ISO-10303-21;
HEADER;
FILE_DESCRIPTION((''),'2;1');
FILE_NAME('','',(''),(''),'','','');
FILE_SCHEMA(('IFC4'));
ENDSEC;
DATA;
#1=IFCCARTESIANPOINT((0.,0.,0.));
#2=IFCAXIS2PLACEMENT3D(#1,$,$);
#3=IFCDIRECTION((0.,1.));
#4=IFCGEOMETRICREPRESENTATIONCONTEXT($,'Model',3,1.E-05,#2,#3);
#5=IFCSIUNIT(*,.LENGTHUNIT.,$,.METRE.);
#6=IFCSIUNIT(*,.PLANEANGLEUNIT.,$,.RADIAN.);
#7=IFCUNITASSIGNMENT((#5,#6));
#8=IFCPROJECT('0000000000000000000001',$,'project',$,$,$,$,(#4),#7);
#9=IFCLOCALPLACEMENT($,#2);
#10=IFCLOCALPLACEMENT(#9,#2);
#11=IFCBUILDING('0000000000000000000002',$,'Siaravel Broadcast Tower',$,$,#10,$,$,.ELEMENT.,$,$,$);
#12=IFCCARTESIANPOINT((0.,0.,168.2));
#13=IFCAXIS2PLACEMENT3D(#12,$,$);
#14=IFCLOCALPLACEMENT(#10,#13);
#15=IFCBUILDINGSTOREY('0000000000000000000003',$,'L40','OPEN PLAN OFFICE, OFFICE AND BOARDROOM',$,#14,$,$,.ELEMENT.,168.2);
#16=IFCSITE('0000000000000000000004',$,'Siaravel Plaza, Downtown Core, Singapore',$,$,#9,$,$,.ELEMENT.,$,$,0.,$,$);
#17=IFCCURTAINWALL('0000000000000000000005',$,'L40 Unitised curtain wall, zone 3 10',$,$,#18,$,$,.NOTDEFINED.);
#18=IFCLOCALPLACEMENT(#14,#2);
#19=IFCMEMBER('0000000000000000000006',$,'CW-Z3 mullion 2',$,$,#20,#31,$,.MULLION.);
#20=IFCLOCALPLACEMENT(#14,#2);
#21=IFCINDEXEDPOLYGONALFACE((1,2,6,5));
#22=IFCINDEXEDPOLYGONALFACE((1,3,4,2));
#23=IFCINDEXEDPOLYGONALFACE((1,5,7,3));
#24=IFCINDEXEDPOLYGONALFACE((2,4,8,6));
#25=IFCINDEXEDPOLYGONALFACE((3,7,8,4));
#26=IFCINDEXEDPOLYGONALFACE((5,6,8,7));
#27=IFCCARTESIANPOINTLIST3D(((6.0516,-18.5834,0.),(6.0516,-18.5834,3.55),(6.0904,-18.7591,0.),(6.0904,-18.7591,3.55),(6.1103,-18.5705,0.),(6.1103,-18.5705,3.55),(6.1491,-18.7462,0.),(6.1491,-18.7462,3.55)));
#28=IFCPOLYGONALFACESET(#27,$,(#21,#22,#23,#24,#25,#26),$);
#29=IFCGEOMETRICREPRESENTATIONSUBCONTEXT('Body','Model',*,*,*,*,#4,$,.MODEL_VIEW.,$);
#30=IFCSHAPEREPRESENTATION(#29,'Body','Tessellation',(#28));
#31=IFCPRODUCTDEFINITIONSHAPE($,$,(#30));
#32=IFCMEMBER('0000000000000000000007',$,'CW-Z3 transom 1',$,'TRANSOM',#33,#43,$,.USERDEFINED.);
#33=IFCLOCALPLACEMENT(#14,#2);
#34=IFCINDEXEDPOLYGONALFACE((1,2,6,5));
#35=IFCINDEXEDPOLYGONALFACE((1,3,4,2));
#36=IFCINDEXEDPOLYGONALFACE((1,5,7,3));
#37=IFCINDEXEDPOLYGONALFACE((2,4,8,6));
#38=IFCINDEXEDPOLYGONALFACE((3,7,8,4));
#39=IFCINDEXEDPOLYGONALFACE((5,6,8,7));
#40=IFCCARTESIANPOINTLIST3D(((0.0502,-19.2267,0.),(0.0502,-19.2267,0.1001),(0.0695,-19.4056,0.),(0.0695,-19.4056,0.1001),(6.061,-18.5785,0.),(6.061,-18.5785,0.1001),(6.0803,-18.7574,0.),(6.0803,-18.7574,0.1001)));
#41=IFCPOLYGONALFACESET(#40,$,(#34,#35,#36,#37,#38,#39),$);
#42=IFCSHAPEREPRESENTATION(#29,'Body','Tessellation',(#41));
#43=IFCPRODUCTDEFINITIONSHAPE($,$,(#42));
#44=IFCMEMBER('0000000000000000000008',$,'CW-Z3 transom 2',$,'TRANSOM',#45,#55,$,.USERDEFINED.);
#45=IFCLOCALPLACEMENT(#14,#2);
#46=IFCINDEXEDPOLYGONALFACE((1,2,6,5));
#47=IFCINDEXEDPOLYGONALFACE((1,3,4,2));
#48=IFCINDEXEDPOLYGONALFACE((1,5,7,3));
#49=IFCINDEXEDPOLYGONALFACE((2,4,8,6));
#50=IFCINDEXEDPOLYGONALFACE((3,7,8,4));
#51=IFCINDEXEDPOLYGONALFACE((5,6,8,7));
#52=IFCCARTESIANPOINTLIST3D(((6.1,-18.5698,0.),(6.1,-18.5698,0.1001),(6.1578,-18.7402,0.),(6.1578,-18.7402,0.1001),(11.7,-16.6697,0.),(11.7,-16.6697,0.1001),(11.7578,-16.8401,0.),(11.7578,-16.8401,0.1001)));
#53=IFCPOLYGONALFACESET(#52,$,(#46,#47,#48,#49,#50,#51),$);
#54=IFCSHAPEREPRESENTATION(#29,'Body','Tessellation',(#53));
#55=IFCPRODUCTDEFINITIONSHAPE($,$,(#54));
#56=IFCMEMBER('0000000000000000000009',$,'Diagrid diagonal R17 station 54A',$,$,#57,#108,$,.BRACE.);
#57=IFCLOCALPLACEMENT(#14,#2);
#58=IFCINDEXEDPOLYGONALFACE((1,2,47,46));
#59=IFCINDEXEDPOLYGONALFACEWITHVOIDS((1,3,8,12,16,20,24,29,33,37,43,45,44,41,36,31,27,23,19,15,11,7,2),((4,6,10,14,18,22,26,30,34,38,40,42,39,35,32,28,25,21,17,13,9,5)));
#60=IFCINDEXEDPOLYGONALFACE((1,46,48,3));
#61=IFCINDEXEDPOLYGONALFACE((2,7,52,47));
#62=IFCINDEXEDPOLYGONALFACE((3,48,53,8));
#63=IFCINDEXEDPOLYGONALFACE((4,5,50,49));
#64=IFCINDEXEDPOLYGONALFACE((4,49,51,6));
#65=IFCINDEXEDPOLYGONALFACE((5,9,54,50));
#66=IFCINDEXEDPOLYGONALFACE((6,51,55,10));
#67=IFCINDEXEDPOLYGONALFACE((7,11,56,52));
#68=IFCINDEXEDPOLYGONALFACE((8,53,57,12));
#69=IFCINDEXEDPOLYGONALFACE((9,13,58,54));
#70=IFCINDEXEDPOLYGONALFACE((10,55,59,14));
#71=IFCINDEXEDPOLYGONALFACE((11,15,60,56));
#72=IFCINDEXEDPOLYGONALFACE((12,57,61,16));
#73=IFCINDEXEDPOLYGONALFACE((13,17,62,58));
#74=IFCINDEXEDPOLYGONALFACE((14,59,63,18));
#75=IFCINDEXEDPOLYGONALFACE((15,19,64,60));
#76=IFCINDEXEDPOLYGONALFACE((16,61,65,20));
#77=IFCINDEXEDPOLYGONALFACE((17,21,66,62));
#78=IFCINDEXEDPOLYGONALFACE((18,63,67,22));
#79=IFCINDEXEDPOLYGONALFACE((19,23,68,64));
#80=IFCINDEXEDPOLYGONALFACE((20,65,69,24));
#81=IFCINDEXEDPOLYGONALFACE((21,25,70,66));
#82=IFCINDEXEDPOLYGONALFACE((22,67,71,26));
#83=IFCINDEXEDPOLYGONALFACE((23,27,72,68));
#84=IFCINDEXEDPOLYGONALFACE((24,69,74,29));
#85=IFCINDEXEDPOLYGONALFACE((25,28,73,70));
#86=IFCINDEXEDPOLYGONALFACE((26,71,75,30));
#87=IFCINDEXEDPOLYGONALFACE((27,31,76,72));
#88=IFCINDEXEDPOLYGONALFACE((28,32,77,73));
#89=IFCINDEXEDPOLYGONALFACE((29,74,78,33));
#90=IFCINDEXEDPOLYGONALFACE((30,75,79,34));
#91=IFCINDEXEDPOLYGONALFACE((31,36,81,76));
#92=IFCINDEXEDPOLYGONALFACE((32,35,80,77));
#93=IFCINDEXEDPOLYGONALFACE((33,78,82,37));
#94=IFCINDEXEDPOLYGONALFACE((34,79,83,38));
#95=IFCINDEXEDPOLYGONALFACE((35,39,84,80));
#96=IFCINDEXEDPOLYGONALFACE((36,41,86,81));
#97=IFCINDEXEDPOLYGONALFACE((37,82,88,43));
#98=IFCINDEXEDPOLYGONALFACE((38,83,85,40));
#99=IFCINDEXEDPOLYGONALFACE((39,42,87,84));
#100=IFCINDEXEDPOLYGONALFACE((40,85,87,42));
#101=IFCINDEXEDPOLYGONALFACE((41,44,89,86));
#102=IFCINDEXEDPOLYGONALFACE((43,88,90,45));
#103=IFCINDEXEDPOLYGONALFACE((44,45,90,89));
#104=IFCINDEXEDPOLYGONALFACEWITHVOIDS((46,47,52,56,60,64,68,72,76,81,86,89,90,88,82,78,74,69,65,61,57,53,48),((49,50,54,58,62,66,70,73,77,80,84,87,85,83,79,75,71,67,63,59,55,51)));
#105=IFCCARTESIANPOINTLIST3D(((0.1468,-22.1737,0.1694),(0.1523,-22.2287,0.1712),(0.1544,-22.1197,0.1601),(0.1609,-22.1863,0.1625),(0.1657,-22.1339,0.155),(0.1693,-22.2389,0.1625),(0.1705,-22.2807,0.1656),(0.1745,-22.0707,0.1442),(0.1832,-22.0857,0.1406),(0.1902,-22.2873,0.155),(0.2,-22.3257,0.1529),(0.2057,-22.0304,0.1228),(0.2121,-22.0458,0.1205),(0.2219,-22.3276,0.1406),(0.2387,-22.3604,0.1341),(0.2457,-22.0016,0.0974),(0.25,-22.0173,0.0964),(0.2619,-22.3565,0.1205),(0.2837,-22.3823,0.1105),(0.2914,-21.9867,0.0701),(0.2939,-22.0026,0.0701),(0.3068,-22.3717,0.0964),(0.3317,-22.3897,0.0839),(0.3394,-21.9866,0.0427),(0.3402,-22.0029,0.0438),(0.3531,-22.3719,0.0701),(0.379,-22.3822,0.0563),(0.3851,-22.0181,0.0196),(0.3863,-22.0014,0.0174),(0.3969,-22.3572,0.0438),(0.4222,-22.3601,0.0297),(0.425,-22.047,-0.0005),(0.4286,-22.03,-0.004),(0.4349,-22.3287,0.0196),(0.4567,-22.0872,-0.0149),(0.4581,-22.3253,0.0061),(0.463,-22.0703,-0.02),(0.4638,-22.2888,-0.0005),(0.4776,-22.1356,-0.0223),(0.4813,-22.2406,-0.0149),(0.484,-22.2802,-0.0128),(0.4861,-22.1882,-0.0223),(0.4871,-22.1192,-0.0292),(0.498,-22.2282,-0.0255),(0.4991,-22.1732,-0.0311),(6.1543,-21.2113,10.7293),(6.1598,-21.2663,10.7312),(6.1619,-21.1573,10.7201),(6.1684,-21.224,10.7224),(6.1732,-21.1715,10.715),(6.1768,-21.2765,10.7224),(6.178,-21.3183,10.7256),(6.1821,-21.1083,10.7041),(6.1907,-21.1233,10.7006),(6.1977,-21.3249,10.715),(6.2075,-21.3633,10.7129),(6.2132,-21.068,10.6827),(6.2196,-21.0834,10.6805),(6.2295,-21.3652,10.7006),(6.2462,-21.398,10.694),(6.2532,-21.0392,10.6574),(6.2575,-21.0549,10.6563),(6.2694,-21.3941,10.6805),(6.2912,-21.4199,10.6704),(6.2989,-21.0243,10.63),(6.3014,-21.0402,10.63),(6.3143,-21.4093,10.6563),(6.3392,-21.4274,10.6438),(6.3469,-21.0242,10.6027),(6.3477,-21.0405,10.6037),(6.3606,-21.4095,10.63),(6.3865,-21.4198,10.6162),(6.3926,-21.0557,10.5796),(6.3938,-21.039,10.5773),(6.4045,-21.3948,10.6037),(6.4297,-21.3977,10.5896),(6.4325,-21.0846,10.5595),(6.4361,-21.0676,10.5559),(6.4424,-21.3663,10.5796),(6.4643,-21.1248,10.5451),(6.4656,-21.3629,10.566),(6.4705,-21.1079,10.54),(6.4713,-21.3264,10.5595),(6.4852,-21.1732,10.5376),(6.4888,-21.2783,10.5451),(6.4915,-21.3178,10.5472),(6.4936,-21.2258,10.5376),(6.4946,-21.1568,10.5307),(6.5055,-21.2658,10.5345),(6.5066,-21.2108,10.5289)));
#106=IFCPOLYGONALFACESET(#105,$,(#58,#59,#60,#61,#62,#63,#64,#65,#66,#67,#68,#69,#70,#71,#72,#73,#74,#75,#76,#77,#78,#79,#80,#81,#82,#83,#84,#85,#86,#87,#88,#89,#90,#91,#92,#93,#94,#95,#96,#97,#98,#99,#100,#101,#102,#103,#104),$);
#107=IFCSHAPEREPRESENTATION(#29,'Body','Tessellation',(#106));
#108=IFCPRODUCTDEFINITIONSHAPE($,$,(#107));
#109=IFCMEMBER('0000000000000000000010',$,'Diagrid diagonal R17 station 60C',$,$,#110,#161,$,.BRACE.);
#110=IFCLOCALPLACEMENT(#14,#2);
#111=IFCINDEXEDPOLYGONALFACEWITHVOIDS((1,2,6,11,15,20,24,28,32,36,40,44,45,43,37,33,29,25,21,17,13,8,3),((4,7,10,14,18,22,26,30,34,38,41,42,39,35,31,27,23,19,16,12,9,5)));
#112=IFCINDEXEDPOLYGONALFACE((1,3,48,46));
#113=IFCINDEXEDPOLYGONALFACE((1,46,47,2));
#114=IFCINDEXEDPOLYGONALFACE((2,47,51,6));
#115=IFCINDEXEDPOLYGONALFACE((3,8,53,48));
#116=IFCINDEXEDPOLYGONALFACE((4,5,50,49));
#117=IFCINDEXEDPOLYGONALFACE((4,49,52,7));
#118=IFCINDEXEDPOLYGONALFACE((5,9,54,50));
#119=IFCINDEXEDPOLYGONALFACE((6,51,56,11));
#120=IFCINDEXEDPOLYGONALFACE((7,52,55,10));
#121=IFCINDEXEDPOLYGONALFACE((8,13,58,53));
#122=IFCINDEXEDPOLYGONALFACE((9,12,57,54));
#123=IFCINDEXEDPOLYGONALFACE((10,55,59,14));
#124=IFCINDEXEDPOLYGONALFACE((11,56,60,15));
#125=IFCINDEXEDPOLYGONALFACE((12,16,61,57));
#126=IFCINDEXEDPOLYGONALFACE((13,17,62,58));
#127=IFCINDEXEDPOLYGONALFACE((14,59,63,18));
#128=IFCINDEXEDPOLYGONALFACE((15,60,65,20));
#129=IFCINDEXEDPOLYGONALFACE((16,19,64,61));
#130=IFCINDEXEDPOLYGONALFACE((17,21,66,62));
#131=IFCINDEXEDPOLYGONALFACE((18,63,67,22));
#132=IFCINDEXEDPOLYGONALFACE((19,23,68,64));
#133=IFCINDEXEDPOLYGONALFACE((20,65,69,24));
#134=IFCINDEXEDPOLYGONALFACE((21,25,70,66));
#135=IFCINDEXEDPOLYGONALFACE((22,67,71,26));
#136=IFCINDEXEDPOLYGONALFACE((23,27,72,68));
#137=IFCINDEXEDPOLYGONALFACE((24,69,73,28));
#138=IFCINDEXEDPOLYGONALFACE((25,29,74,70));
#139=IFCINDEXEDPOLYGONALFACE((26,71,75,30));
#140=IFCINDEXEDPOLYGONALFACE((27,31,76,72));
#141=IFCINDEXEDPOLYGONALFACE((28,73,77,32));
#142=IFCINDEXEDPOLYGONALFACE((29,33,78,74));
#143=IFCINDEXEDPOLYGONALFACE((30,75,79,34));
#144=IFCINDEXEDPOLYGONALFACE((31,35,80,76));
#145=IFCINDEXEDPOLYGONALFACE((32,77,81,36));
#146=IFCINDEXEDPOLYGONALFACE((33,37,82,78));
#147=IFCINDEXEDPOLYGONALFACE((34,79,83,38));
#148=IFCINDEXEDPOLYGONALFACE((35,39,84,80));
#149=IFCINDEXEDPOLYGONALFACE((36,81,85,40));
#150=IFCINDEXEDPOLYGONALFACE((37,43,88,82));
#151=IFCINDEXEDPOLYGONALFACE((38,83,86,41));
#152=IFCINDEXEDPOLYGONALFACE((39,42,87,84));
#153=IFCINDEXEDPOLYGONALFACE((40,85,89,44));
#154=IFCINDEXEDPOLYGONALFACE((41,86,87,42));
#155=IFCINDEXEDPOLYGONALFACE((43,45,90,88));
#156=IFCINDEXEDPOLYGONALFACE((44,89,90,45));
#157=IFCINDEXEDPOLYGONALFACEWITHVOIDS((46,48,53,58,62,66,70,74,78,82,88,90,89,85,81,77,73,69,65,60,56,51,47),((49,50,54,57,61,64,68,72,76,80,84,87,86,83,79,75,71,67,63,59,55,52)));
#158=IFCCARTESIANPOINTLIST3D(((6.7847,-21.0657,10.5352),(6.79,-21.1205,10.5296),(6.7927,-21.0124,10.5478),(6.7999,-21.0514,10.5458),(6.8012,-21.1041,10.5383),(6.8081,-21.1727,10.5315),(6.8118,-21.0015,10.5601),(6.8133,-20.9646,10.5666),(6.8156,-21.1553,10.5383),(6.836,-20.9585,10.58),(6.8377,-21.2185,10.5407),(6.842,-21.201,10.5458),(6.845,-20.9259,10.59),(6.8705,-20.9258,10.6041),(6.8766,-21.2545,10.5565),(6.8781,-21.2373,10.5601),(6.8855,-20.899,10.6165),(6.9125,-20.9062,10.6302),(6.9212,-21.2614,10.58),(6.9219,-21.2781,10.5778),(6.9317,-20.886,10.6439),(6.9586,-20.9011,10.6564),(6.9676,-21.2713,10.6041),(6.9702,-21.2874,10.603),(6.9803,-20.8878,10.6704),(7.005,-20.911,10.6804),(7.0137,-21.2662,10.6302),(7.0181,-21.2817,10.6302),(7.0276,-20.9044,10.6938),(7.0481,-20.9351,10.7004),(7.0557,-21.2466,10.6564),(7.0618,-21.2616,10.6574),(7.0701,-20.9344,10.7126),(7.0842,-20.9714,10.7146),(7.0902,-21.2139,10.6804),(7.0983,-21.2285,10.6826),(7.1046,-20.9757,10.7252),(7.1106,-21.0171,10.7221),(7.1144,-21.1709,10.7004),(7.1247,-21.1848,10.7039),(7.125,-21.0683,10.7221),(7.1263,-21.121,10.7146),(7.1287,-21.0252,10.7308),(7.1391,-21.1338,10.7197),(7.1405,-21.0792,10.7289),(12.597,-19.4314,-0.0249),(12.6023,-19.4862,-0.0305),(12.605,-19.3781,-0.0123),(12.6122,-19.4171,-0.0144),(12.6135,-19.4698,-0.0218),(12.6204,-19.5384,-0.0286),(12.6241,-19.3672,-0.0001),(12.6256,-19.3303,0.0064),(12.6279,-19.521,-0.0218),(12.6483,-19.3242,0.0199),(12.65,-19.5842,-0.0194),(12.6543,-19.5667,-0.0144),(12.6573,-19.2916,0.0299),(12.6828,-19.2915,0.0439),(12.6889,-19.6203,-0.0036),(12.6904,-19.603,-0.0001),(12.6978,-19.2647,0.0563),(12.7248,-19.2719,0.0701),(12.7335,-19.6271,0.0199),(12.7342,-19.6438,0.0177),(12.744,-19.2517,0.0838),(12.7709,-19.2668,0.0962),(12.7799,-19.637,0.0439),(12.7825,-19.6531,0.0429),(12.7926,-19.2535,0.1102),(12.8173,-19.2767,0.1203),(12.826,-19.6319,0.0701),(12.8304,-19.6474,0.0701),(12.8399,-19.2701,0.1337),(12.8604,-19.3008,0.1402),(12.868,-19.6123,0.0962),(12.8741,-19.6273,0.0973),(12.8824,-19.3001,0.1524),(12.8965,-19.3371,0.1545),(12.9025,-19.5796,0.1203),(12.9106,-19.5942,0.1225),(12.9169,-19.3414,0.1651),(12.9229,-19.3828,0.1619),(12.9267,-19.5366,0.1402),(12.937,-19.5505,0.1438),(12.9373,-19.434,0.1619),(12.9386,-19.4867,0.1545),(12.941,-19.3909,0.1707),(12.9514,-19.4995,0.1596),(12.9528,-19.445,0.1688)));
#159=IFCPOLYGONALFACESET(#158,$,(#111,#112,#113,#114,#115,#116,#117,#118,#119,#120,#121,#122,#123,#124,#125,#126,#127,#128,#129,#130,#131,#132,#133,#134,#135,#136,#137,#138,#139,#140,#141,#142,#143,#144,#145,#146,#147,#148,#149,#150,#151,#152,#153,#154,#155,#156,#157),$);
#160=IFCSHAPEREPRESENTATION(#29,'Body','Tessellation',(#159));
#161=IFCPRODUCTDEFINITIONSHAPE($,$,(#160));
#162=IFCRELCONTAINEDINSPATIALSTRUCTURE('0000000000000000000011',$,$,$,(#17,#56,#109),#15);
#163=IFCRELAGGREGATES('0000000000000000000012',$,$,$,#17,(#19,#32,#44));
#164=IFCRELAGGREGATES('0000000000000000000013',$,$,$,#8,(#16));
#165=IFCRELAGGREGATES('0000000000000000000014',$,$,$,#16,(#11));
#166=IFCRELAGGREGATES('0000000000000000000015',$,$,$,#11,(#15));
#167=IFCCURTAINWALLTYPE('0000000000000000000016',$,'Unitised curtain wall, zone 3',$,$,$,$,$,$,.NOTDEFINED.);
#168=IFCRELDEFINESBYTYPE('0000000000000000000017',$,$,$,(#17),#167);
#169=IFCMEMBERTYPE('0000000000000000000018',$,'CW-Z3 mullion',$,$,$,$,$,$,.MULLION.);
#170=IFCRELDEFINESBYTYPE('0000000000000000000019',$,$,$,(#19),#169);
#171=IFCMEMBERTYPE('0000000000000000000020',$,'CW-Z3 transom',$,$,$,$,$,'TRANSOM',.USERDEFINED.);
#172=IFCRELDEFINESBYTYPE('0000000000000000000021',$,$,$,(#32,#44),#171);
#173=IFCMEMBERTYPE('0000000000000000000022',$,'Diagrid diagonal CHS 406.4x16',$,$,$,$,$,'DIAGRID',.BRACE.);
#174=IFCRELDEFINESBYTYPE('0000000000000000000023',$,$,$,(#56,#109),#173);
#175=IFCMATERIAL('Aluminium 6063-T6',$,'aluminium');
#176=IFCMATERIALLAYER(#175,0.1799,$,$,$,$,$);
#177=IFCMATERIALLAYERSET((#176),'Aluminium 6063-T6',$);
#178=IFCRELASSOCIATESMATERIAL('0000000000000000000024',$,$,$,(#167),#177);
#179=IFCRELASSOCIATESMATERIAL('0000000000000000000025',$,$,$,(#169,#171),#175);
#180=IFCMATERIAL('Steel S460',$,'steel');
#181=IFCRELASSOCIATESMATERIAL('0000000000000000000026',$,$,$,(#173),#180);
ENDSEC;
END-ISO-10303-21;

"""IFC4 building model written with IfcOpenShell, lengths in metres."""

from ifc_helpers import new_model, si_unit, direction, frame, origin, origin_2d, place, context, subcontext, project, spatial, rectangle, hollow_circle, extrude, material, layer, layer_set, material_profile, profile_set, type_object, element, aggregate, save


model = new_model("IFC4")

# Units and contexts
model_context = context("Model", 3, precision=1e-05, world=origin(), true_north=direction((0.0, 1.0)))
body_context = subcontext(model_context, "Body", "Model", "MODEL_VIEW")
ifc_project = project(units=[si_unit("LENGTHUNIT", "METRE"), si_unit("PLANEANGLEUNIT", "RADIAN")], contexts=[model_context])

# Site, building, storey
site_placement = place(None, origin())
site = spatial("IfcSite", under=ifc_project, at=site_placement, Name="Siaravel Plaza, Downtown Core, Singapore", CompositionType="ELEMENT", RefElevation=0.0)
building_placement = place(site_placement, origin())
building = spatial("IfcBuilding", under=site, at=building_placement, Name="Siaravel Broadcast Tower", CompositionType="ELEMENT")
storey_placement = place(building_placement, frame((0.0, 0.0, 168.2)))
storey = spatial("IfcBuildingStorey", under=building, at=storey_placement, Name="L40", Description="OPEN PLAN OFFICE, OFFICE AND BOARDROOM", CompositionType="ELEMENT", Elevation=168.2)

# Curtain wall, members
ifc_material_1 = material(Name="Aluminium 6063-T6", Category="aluminium")
ifc_layer_1 = layer(ifc_material_1, 0.1799)
ifc_layer_set_1 = layer_set([ifc_layer_1], Name="Aluminium 6063-T6")
curtain_wall_type = type_object("IfcCurtainWallType", Name="Unitised curtain wall, zone 3", PredefinedType="NOTDEFINED", material=ifc_layer_set_1)
curtain_wall_placement = place(storey_placement, origin())
curtain_wall = element("IfcCurtainWall", 1, at=curtain_wall_placement, inside=storey, type_object=curtain_wall_type, Name="L40 Unitised curtain wall, zone 3 10", PredefinedType="NOTDEFINED")
ifc_material_profile_1 = material_profile(ifc_material_1, rectangle(XDim=0.1799, YDim=0.0601, at=origin_2d()))
ifc_profile_set_1 = profile_set([ifc_material_profile_1], Name="Aluminium 6063-T6")
member_type_1 = type_object("IfcMemberType", Name="CW-Z3 mullion", PredefinedType="MULLION", material=ifc_profile_set_1)
member_1_placement = place(storey_placement, frame((6.1003, -18.6648, 0.0), z_axis=(0.0, 0.0, 1.0), x_axis=(-0.215558, 0.976491, 0.0)))
member_1 = element("IfcMember", 2, at=member_1_placement, type_object=member_type_1, Name="CW-Z3 mullion 2", PredefinedType="MULLION", context=body_context, shape_type="SweptSolid", body=[
    extrude(rectangle(XDim=0.1799, YDim=0.0601, at=origin_2d()), origin(), (0.0, 0.0, 1.0), 3.55),
])
ifc_material_profile_2 = material_profile(ifc_material_1, rectangle(XDim=0.1799, YDim=0.1001, at=origin_2d()))
ifc_profile_set_2 = profile_set([ifc_material_profile_2], Name="Aluminium 6063-T6")
member_type_2 = type_object("IfcMemberType", Name="CW-Z3 transom", ElementType="TRANSOM", PredefinedType="USERDEFINED", material=ifc_profile_set_2)
member_2_placement = place(storey_placement, frame((0.0598, -19.3162, 0.05), z_axis=(0.994236, 0.107218, 0.0), x_axis=(-0.107218, 0.994236, 0.0)))
member_2 = element("IfcMember", 3, at=member_2_placement, type_object=member_type_2, Name="CW-Z3 transom 1", ObjectType="TRANSOM", PredefinedType="USERDEFINED", context=body_context, shape_type="SweptSolid", body=[
    extrude(rectangle(XDim=0.1799, YDim=0.1001, at=origin_2d()), origin(), (0.0, 0.0, 1.0), 6.0457),
])
member_3_placement = place(storey_placement, frame((6.1289, -18.655, 0.05), z_axis=(0.946973, 0.321314, 0.0), x_axis=(-0.321314, 0.946973, 0.0)))
member_3 = element("IfcMember", 4, at=member_3_placement, type_object=member_type_2, Name="CW-Z3 transom 2", ObjectType="TRANSOM", PredefinedType="USERDEFINED", context=body_context, shape_type="SweptSolid", body=[
    extrude(rectangle(XDim=0.1799, YDim=0.1001, at=origin_2d()), origin(), (0.0, 0.0, 1.0), 5.9136),
])

# Members
ifc_material_2 = material(Name="Steel S460", Category="steel")
ifc_material_profile_3 = material_profile(ifc_material_2, hollow_circle(Radius=0.2031, WallThickness=0.0161, at=origin_2d()))
ifc_profile_set_3 = profile_set([ifc_material_profile_3], Name="Steel S460")
member_type_3 = type_object("IfcMemberType", Name="Diagrid diagonal CHS 406.4x16", ElementType="DIAGRID", PredefinedType="BRACE", material=ifc_profile_set_3)
member_4_placement = place(storey_placement, frame((0.3235, -22.1873, 0.0701), z_axis=(0.492934, 0.078967, 0.866476), x_axis=(-0.158181, 0.98741, 0.0)))
element("IfcMember", 5, at=member_4_placement, inside=storey, type_object=member_type_3, Name="Diagrid diagonal R17 station 54A", PredefinedType="BRACE", context=body_context, shape_type="SweptSolid", body=[
    extrude(hollow_circle(Radius=0.2031, WallThickness=0.0161, at=origin_2d()), origin(), (0.0, 0.0, 1.0), 12.1873),
])
member_5_placement = place(storey_placement, frame((12.7754, -19.4519, 0.0701), z_axis=(-0.477816, -0.134351, 0.868125), x_axis=(0.270681, -0.962669, 0.0)))
element("IfcMember", 6, at=member_5_placement, inside=storey, type_object=member_type_3, Name="Diagrid diagonal R17 station 60C", PredefinedType="BRACE", context=body_context, shape_type="SweptSolid", body=[
    extrude(hollow_circle(Radius=0.2031, WallThickness=0.0161, at=origin_2d()), origin(), (0.0, 0.0, 1.0), 12.1643),
])

aggregate(curtain_wall, [member_1, member_2, member_3])

save(model, "model.ifc")
